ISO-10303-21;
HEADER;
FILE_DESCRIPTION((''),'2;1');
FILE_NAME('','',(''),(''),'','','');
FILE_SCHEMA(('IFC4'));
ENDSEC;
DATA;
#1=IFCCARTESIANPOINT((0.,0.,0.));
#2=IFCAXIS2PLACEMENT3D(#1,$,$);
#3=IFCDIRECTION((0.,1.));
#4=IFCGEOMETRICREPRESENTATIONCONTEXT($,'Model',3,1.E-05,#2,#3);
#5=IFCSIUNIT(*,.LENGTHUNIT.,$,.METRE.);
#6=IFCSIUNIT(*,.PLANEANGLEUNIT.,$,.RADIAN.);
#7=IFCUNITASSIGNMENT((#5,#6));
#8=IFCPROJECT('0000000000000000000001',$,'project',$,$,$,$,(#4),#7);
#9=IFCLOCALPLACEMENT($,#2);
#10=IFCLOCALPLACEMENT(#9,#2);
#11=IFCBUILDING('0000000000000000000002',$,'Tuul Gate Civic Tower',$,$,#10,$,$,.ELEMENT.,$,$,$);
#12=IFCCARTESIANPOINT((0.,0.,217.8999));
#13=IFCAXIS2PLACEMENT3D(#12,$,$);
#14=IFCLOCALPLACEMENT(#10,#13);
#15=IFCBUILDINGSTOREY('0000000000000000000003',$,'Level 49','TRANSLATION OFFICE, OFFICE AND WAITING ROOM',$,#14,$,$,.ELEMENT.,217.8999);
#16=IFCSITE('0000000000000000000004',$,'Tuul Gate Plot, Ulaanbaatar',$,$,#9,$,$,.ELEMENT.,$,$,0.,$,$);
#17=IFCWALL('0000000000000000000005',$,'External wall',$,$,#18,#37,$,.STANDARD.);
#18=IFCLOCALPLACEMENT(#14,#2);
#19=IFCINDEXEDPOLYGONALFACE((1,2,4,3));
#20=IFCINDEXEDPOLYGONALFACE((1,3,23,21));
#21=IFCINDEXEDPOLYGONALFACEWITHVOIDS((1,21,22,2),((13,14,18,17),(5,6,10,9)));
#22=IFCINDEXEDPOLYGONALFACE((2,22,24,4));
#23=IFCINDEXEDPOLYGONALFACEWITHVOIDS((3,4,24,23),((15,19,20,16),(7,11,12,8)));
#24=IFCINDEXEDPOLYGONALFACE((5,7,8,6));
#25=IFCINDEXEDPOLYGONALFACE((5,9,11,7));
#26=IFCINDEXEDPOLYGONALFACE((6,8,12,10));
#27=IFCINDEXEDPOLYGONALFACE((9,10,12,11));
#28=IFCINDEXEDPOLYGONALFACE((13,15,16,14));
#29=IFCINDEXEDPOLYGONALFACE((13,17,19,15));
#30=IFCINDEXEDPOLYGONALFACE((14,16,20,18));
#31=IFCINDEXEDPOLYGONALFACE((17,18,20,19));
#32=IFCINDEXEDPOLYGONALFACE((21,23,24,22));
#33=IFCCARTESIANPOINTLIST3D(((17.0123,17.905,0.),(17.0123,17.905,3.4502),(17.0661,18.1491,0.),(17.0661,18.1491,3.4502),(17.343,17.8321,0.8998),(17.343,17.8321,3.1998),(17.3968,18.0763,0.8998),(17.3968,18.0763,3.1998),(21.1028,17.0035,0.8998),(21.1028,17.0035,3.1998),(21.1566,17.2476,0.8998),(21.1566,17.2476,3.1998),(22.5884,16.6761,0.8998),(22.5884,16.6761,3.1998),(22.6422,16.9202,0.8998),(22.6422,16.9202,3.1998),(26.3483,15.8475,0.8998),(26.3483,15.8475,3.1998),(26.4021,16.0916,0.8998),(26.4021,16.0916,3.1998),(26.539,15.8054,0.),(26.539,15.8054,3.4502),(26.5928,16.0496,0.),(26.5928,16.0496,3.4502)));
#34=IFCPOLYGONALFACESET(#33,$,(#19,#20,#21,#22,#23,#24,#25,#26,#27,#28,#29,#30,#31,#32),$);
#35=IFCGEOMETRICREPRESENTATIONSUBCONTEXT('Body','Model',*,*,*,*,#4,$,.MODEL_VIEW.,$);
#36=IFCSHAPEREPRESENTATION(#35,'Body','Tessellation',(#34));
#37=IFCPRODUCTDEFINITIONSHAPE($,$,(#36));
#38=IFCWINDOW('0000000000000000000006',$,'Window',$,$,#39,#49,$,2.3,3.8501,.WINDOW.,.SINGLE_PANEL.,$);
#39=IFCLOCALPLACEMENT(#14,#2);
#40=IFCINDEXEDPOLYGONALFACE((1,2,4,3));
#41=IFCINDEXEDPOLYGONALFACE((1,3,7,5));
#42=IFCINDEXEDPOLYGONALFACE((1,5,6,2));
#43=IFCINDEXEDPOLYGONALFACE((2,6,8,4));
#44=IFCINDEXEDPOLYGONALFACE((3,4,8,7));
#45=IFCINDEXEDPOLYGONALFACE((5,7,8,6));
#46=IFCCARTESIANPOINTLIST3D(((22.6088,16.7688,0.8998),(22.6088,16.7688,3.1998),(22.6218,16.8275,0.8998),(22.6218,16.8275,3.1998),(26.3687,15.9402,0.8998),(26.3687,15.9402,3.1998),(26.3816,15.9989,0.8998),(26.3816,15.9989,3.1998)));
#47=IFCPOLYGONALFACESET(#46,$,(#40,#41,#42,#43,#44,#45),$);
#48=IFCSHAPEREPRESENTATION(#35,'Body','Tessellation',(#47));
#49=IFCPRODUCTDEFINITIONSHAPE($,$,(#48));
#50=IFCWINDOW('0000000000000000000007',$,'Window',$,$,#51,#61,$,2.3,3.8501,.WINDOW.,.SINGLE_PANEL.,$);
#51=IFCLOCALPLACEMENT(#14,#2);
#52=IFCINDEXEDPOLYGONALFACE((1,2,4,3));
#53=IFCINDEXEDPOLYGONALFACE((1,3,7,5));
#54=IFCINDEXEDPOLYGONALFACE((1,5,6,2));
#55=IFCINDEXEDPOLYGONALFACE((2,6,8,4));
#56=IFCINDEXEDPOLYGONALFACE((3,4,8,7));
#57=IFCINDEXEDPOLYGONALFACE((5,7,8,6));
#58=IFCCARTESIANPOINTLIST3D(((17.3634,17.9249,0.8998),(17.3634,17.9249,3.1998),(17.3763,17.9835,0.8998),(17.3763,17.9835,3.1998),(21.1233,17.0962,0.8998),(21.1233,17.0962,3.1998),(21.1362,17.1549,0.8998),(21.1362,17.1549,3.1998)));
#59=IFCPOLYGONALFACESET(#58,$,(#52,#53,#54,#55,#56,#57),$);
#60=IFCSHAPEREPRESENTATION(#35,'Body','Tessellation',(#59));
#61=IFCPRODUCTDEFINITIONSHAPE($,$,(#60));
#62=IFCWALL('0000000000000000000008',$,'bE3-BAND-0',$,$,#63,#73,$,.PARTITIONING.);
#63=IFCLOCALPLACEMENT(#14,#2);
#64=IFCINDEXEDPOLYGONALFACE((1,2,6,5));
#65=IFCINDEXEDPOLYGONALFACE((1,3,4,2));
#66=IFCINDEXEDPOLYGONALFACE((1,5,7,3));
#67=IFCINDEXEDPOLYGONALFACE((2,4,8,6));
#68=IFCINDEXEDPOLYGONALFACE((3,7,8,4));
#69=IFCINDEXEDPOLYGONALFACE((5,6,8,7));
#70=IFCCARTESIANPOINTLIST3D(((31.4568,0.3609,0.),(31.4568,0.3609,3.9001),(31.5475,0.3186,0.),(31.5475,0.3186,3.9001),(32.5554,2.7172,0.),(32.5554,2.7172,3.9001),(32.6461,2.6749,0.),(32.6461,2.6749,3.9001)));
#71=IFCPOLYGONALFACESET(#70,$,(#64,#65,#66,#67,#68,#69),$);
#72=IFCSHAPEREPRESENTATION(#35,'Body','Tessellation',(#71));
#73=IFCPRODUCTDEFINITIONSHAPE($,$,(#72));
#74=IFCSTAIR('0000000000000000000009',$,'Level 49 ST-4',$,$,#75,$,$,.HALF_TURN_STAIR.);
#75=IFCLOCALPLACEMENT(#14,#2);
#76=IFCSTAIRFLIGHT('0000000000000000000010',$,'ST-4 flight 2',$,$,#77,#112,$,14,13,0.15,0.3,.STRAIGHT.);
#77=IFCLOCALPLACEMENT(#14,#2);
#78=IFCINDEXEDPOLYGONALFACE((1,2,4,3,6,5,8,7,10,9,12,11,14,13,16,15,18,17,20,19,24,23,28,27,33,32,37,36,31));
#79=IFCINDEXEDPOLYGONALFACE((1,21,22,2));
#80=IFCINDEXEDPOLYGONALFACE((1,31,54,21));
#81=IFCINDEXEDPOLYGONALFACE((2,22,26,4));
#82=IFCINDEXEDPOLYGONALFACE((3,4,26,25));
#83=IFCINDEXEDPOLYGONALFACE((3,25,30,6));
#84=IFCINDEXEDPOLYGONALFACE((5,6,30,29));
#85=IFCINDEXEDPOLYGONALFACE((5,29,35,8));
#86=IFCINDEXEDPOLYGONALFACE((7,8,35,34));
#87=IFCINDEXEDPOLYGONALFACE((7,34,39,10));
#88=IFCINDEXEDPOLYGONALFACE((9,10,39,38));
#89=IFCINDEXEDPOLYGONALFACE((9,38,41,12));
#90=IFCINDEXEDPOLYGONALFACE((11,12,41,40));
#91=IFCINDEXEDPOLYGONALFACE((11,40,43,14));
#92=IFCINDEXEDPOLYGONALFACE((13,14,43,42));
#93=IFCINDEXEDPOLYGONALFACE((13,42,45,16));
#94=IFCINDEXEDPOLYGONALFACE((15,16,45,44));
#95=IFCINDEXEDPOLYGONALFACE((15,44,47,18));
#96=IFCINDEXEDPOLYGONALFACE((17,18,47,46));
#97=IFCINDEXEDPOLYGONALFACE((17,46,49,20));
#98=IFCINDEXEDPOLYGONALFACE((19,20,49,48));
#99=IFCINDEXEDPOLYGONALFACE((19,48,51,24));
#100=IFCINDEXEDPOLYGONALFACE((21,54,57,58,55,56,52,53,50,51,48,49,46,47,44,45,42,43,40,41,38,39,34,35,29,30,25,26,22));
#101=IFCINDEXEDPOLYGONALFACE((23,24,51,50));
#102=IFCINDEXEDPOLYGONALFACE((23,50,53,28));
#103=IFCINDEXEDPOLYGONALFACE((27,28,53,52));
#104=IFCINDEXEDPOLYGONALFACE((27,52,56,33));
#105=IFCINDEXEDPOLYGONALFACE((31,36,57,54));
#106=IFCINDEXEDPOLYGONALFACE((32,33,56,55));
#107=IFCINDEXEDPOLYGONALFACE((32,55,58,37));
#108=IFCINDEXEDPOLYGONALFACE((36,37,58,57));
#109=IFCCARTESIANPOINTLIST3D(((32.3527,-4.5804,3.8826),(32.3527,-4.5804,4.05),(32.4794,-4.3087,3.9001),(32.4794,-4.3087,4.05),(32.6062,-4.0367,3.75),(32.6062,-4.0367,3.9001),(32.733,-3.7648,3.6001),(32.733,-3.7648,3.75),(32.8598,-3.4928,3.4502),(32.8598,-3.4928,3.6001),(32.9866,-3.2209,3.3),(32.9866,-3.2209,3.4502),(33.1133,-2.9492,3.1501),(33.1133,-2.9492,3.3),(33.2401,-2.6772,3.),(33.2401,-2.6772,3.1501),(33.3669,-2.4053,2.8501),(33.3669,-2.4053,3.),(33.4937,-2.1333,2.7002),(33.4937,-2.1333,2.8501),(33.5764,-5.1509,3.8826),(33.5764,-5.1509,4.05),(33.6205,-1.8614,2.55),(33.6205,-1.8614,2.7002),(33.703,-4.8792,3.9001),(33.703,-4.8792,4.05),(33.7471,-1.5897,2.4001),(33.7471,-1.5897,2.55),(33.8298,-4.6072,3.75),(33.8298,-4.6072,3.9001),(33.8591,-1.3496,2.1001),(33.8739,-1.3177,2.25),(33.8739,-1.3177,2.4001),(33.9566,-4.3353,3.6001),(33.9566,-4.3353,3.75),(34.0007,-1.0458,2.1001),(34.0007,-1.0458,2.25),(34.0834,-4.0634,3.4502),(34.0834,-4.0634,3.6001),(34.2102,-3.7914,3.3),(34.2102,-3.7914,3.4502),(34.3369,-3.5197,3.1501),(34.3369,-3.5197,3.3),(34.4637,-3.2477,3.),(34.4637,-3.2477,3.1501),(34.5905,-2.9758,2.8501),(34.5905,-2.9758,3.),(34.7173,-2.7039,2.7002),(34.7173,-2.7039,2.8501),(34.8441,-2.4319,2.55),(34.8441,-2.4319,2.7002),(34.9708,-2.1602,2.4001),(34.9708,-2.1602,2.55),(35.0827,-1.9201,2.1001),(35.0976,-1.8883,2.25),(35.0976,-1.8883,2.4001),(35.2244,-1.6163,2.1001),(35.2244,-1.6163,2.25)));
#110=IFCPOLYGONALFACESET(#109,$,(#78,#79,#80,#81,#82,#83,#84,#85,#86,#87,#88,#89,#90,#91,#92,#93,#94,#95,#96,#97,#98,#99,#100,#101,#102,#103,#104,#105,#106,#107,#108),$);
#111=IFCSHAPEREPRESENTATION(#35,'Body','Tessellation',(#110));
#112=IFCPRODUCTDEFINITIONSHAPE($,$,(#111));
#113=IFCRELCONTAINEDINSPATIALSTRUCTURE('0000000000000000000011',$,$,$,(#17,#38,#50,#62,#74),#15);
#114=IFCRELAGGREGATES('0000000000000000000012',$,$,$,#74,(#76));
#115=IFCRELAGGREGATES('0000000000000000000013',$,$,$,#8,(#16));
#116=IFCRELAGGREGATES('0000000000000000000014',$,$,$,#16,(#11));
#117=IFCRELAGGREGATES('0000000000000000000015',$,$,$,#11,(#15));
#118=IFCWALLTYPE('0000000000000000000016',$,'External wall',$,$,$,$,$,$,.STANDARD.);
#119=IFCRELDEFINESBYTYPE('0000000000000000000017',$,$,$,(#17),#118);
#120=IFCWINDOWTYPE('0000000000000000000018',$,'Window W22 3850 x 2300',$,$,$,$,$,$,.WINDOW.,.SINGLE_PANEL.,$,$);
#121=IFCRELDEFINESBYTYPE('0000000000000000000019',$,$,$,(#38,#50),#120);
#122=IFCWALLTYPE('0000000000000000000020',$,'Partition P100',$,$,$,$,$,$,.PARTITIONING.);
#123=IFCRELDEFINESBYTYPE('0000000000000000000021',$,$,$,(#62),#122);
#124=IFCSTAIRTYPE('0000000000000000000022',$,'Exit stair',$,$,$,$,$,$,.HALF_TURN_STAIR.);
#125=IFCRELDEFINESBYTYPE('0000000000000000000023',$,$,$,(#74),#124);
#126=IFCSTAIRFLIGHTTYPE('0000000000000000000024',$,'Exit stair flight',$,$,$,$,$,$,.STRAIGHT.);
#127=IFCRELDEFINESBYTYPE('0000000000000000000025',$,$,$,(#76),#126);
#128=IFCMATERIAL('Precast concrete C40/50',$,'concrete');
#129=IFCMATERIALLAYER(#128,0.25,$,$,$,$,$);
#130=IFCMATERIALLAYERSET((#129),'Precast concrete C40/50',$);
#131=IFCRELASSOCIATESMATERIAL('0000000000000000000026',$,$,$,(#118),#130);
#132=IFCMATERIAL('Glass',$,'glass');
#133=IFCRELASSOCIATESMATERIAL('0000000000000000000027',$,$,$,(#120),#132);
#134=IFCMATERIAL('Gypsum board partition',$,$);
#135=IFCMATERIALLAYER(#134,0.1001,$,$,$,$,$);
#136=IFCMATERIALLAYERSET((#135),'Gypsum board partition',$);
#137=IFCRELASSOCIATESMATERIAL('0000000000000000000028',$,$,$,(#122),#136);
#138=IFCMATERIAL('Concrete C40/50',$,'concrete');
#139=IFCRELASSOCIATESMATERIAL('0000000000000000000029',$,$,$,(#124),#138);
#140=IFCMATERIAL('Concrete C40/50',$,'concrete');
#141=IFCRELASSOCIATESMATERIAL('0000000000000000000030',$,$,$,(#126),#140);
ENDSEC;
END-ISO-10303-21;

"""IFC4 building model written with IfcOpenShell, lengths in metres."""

from ifc_helpers import new_model, si_unit, direction, frame, frame_2d, origin, place, context, subcontext, project, spatial, polyline, rectangle, outline, extrude, material, layer, layer_set, type_object, element, fill, aggregate, save


model = new_model("IFC4")

# Units and contexts
model_context = context("Model", 3, precision=1e-05, world=origin(), true_north=direction((0.0, 1.0)))
body_context = subcontext(model_context, "Body", "Model", "MODEL_VIEW")
ifc_project = project(units=[si_unit("LENGTHUNIT", "METRE"), si_unit("PLANEANGLEUNIT", "RADIAN")], contexts=[model_context])

# Site, building, storey
site_placement = place(None, origin())
site = spatial("IfcSite", under=ifc_project, at=site_placement, Name="Tuul Gate Plot, Ulaanbaatar", CompositionType="ELEMENT", RefElevation=0.0)
building_placement = place(site_placement, origin())
building = spatial("IfcBuilding", under=site, at=building_placement, Name="Tuul Gate Civic Tower", CompositionType="ELEMENT")
storey_placement = place(building_placement, frame((0.0, 0.0, 217.8999)))
storey = spatial("IfcBuildingStorey", under=building, at=storey_placement, Name="Level 49", Description="TRANSLATION OFFICE, OFFICE AND WAITING ROOM", CompositionType="ELEMENT", Elevation=217.8999)

# Wall, openings, windows
ifc_material_1 = material(Name="Precast concrete C40/50", Category="concrete")
ifc_layer_1 = layer(ifc_material_1, 0.25)
ifc_layer_set_1 = layer_set([ifc_layer_1], Name="Precast concrete C40/50")
wall_type_1 = type_object("IfcWallType", Name="External wall", PredefinedType="STANDARD", material=ifc_layer_set_1)
ifc_material_2 = material(Name="Glass", Category="glass")
window_type = type_object("IfcWindowType", Name="Window W22 3850 x 2300", PartitioningType="SINGLE_PANEL", PredefinedType="WINDOW", material=ifc_material_2)
wall_1_placement = place(storey_placement, frame((26.5659, 15.9275, 0.0), z_axis=(0.0, 0.0, 1.0), x_axis=(-0.976565, 0.215224, 0.0)))
wall_1 = element("IfcWall", 1, at=wall_1_placement, inside=storey, type_object=wall_type_1, Name="External wall", PredefinedType="STANDARD", context=body_context, shape_type="SweptSolid", body=[
    extrude(rectangle(XDim=9.7554, YDim=0.25, at=frame_2d((4.8777, 0.0))), origin(), (0.0, 0.0, 1.0), 3.4502),
])
opening_1_placement = place(wall_1_placement, frame((0.1953, 0.0, 0.8999)))
opening_1 = element("IfcOpeningElement", 2, at=opening_1_placement, cuts=wall_1, PredefinedType="OPENING", context=body_context, shape_type="SweptSolid", body=[
    extrude(rectangle(XDim=3.8501, YDim=2.3, at=frame_2d((1.925, 1.1499))), frame((0.0, 0.135, 0.0), z_axis=(0.0, -1.0, 0.0), x_axis=(1.0, 0.0, 0.0)), (0.0, 0.0, 1.0), 0.27),
])
opening_2_placement = place(wall_1_placement, frame((5.5667, 0.0, 0.8999)))
opening_2 = element("IfcOpeningElement", 3, at=opening_2_placement, cuts=wall_1, PredefinedType="OPENING", context=body_context, shape_type="SweptSolid", body=[
    extrude(rectangle(XDim=3.8501, YDim=2.3, at=frame_2d((1.925, 1.1499))), frame((0.0, 0.135, 0.0), z_axis=(0.0, -1.0, 0.0), x_axis=(1.0, 0.0, 0.0)), (0.0, 0.0, 1.0), 0.27),
])
window_1_placement = place(opening_1_placement, origin())
window_1 = element("IfcWindow", 4, at=window_1_placement, inside=storey, type_object=window_type, Name="Window", OverallHeight=2.3, OverallWidth=3.8501, PartitioningType="SINGLE_PANEL", PredefinedType="WINDOW", context=body_context, shape_type="SweptSolid", body=[
    extrude(rectangle(XDim=3.8501, YDim=2.3, at=frame_2d((1.925, 1.1499))), frame((0.0, 0.03, 0.0), z_axis=(0.0, -1.0, 0.0), x_axis=(1.0, 0.0, 0.0)), (0.0, 0.0, 1.0), 0.0601),
])
fill(opening_1, window_1)
window_2_placement = place(opening_2_placement, origin())
window_2 = element("IfcWindow", 5, at=window_2_placement, inside=storey, type_object=window_type, Name="Window", OverallHeight=2.3, OverallWidth=3.8501, PartitioningType="SINGLE_PANEL", PredefinedType="WINDOW", context=body_context, shape_type="SweptSolid", body=[
    extrude(rectangle(XDim=3.8501, YDim=2.3, at=frame_2d((1.925, 1.1499))), frame((0.0, 0.03, 0.0), z_axis=(0.0, -1.0, 0.0), x_axis=(1.0, 0.0, 0.0)), (0.0, 0.0, 1.0), 0.0601),
])
fill(opening_2, window_2)

# Wall
ifc_material_3 = material(Name="Gypsum board partition")
ifc_layer_2 = layer(ifc_material_3, 0.1001)
ifc_layer_set_2 = layer_set([ifc_layer_2], Name="Gypsum board partition")
wall_type_2 = type_object("IfcWallType", Name="Partition P100", PredefinedType="PARTITIONING", material=ifc_layer_set_2)
wall_2_placement = place(storey_placement, frame((31.5022, 0.3398, 0.0), z_axis=(0.0, 0.0, 1.0), x_axis=(0.422556, 0.906337, 0.0)))
element("IfcWall", 6, at=wall_2_placement, inside=storey, type_object=wall_type_2, Name="bE3-BAND-0", PredefinedType="PARTITIONING", context=body_context, shape_type="SweptSolid", body=[
    extrude(rectangle(XDim=2.5999, YDim=0.1001, at=frame_2d((1.2998, 0.0))), origin(), (0.0, 0.0, 1.0), 3.9001),
])

# Stair, stair flight
ifc_material_4 = material(Name="Concrete C40/50", Category="concrete")
stair_type = type_object("IfcStairType", Name="Exit stair", PredefinedType="HALF_TURN_STAIR", material=ifc_material_4)
stair_placement = place(storey_placement, origin())
stair = element("IfcStair", 7, at=stair_placement, inside=storey, type_object=stair_type, Name="Level 49 ST-4", PredefinedType="HALF_TURN_STAIR")
ifc_material_5 = material(Name="Concrete C40/50", Category="concrete")
stair_flight_type = type_object("IfcStairFlightType", Name="Exit stair flight", PredefinedType="STRAIGHT", material=ifc_material_5)
stair_flight_placement = place(storey_placement, frame((34.6125, -1.3311, 2.1001), z_axis=(0.0, 0.0, 1.0), x_axis=(-0.422576, -0.906327, 0.0)))
stair_flight = element("IfcStairFlight", 8, at=stair_flight_placement, type_object=stair_flight_type, Name="ST-4 flight 2", NumberOfRisers=14, NumberOfTreads=13, PredefinedType="STRAIGHT", RiserHeight=0.15, TreadLength=0.3, context=body_context, shape_type="SweptSolid", body=[
    extrude(outline(polyline([(0.0, 0.0), (0.0, 0.1499), (0.3, 0.1499), (0.3, 0.3), (0.6001, 0.3), (0.6001, 0.45), (0.8999, 0.45), (0.8999, 0.6001), (1.2, 0.6001), (1.2, 0.75), (1.5, 0.75), (1.5, 0.8999), (1.8, 0.8999), (1.8, 1.05), (2.1001, 1.05), (2.1001, 1.2), (2.3999, 1.2), (2.3999, 1.3501), (2.7, 1.3501), (2.7, 1.5), (3.0, 1.5), (3.0, 1.6499), (3.3, 1.6499), (3.3, 1.8), (3.6001, 1.8), (3.6001, 1.95), (3.8999, 1.95), (3.8999, 2.1001), (3.8999, 1.7825), (0.3352, 0.0), (0.0, 0.0)])), frame((0.0, 0.675, 0.0), z_axis=(0.0, -1.0, 0.0), x_axis=(1.0, 0.0, 0.0)), (0.0, 0.0, 1.0), 1.3501),
])
aggregate(stair, [stair_flight])

save(model, "model.ifc")
